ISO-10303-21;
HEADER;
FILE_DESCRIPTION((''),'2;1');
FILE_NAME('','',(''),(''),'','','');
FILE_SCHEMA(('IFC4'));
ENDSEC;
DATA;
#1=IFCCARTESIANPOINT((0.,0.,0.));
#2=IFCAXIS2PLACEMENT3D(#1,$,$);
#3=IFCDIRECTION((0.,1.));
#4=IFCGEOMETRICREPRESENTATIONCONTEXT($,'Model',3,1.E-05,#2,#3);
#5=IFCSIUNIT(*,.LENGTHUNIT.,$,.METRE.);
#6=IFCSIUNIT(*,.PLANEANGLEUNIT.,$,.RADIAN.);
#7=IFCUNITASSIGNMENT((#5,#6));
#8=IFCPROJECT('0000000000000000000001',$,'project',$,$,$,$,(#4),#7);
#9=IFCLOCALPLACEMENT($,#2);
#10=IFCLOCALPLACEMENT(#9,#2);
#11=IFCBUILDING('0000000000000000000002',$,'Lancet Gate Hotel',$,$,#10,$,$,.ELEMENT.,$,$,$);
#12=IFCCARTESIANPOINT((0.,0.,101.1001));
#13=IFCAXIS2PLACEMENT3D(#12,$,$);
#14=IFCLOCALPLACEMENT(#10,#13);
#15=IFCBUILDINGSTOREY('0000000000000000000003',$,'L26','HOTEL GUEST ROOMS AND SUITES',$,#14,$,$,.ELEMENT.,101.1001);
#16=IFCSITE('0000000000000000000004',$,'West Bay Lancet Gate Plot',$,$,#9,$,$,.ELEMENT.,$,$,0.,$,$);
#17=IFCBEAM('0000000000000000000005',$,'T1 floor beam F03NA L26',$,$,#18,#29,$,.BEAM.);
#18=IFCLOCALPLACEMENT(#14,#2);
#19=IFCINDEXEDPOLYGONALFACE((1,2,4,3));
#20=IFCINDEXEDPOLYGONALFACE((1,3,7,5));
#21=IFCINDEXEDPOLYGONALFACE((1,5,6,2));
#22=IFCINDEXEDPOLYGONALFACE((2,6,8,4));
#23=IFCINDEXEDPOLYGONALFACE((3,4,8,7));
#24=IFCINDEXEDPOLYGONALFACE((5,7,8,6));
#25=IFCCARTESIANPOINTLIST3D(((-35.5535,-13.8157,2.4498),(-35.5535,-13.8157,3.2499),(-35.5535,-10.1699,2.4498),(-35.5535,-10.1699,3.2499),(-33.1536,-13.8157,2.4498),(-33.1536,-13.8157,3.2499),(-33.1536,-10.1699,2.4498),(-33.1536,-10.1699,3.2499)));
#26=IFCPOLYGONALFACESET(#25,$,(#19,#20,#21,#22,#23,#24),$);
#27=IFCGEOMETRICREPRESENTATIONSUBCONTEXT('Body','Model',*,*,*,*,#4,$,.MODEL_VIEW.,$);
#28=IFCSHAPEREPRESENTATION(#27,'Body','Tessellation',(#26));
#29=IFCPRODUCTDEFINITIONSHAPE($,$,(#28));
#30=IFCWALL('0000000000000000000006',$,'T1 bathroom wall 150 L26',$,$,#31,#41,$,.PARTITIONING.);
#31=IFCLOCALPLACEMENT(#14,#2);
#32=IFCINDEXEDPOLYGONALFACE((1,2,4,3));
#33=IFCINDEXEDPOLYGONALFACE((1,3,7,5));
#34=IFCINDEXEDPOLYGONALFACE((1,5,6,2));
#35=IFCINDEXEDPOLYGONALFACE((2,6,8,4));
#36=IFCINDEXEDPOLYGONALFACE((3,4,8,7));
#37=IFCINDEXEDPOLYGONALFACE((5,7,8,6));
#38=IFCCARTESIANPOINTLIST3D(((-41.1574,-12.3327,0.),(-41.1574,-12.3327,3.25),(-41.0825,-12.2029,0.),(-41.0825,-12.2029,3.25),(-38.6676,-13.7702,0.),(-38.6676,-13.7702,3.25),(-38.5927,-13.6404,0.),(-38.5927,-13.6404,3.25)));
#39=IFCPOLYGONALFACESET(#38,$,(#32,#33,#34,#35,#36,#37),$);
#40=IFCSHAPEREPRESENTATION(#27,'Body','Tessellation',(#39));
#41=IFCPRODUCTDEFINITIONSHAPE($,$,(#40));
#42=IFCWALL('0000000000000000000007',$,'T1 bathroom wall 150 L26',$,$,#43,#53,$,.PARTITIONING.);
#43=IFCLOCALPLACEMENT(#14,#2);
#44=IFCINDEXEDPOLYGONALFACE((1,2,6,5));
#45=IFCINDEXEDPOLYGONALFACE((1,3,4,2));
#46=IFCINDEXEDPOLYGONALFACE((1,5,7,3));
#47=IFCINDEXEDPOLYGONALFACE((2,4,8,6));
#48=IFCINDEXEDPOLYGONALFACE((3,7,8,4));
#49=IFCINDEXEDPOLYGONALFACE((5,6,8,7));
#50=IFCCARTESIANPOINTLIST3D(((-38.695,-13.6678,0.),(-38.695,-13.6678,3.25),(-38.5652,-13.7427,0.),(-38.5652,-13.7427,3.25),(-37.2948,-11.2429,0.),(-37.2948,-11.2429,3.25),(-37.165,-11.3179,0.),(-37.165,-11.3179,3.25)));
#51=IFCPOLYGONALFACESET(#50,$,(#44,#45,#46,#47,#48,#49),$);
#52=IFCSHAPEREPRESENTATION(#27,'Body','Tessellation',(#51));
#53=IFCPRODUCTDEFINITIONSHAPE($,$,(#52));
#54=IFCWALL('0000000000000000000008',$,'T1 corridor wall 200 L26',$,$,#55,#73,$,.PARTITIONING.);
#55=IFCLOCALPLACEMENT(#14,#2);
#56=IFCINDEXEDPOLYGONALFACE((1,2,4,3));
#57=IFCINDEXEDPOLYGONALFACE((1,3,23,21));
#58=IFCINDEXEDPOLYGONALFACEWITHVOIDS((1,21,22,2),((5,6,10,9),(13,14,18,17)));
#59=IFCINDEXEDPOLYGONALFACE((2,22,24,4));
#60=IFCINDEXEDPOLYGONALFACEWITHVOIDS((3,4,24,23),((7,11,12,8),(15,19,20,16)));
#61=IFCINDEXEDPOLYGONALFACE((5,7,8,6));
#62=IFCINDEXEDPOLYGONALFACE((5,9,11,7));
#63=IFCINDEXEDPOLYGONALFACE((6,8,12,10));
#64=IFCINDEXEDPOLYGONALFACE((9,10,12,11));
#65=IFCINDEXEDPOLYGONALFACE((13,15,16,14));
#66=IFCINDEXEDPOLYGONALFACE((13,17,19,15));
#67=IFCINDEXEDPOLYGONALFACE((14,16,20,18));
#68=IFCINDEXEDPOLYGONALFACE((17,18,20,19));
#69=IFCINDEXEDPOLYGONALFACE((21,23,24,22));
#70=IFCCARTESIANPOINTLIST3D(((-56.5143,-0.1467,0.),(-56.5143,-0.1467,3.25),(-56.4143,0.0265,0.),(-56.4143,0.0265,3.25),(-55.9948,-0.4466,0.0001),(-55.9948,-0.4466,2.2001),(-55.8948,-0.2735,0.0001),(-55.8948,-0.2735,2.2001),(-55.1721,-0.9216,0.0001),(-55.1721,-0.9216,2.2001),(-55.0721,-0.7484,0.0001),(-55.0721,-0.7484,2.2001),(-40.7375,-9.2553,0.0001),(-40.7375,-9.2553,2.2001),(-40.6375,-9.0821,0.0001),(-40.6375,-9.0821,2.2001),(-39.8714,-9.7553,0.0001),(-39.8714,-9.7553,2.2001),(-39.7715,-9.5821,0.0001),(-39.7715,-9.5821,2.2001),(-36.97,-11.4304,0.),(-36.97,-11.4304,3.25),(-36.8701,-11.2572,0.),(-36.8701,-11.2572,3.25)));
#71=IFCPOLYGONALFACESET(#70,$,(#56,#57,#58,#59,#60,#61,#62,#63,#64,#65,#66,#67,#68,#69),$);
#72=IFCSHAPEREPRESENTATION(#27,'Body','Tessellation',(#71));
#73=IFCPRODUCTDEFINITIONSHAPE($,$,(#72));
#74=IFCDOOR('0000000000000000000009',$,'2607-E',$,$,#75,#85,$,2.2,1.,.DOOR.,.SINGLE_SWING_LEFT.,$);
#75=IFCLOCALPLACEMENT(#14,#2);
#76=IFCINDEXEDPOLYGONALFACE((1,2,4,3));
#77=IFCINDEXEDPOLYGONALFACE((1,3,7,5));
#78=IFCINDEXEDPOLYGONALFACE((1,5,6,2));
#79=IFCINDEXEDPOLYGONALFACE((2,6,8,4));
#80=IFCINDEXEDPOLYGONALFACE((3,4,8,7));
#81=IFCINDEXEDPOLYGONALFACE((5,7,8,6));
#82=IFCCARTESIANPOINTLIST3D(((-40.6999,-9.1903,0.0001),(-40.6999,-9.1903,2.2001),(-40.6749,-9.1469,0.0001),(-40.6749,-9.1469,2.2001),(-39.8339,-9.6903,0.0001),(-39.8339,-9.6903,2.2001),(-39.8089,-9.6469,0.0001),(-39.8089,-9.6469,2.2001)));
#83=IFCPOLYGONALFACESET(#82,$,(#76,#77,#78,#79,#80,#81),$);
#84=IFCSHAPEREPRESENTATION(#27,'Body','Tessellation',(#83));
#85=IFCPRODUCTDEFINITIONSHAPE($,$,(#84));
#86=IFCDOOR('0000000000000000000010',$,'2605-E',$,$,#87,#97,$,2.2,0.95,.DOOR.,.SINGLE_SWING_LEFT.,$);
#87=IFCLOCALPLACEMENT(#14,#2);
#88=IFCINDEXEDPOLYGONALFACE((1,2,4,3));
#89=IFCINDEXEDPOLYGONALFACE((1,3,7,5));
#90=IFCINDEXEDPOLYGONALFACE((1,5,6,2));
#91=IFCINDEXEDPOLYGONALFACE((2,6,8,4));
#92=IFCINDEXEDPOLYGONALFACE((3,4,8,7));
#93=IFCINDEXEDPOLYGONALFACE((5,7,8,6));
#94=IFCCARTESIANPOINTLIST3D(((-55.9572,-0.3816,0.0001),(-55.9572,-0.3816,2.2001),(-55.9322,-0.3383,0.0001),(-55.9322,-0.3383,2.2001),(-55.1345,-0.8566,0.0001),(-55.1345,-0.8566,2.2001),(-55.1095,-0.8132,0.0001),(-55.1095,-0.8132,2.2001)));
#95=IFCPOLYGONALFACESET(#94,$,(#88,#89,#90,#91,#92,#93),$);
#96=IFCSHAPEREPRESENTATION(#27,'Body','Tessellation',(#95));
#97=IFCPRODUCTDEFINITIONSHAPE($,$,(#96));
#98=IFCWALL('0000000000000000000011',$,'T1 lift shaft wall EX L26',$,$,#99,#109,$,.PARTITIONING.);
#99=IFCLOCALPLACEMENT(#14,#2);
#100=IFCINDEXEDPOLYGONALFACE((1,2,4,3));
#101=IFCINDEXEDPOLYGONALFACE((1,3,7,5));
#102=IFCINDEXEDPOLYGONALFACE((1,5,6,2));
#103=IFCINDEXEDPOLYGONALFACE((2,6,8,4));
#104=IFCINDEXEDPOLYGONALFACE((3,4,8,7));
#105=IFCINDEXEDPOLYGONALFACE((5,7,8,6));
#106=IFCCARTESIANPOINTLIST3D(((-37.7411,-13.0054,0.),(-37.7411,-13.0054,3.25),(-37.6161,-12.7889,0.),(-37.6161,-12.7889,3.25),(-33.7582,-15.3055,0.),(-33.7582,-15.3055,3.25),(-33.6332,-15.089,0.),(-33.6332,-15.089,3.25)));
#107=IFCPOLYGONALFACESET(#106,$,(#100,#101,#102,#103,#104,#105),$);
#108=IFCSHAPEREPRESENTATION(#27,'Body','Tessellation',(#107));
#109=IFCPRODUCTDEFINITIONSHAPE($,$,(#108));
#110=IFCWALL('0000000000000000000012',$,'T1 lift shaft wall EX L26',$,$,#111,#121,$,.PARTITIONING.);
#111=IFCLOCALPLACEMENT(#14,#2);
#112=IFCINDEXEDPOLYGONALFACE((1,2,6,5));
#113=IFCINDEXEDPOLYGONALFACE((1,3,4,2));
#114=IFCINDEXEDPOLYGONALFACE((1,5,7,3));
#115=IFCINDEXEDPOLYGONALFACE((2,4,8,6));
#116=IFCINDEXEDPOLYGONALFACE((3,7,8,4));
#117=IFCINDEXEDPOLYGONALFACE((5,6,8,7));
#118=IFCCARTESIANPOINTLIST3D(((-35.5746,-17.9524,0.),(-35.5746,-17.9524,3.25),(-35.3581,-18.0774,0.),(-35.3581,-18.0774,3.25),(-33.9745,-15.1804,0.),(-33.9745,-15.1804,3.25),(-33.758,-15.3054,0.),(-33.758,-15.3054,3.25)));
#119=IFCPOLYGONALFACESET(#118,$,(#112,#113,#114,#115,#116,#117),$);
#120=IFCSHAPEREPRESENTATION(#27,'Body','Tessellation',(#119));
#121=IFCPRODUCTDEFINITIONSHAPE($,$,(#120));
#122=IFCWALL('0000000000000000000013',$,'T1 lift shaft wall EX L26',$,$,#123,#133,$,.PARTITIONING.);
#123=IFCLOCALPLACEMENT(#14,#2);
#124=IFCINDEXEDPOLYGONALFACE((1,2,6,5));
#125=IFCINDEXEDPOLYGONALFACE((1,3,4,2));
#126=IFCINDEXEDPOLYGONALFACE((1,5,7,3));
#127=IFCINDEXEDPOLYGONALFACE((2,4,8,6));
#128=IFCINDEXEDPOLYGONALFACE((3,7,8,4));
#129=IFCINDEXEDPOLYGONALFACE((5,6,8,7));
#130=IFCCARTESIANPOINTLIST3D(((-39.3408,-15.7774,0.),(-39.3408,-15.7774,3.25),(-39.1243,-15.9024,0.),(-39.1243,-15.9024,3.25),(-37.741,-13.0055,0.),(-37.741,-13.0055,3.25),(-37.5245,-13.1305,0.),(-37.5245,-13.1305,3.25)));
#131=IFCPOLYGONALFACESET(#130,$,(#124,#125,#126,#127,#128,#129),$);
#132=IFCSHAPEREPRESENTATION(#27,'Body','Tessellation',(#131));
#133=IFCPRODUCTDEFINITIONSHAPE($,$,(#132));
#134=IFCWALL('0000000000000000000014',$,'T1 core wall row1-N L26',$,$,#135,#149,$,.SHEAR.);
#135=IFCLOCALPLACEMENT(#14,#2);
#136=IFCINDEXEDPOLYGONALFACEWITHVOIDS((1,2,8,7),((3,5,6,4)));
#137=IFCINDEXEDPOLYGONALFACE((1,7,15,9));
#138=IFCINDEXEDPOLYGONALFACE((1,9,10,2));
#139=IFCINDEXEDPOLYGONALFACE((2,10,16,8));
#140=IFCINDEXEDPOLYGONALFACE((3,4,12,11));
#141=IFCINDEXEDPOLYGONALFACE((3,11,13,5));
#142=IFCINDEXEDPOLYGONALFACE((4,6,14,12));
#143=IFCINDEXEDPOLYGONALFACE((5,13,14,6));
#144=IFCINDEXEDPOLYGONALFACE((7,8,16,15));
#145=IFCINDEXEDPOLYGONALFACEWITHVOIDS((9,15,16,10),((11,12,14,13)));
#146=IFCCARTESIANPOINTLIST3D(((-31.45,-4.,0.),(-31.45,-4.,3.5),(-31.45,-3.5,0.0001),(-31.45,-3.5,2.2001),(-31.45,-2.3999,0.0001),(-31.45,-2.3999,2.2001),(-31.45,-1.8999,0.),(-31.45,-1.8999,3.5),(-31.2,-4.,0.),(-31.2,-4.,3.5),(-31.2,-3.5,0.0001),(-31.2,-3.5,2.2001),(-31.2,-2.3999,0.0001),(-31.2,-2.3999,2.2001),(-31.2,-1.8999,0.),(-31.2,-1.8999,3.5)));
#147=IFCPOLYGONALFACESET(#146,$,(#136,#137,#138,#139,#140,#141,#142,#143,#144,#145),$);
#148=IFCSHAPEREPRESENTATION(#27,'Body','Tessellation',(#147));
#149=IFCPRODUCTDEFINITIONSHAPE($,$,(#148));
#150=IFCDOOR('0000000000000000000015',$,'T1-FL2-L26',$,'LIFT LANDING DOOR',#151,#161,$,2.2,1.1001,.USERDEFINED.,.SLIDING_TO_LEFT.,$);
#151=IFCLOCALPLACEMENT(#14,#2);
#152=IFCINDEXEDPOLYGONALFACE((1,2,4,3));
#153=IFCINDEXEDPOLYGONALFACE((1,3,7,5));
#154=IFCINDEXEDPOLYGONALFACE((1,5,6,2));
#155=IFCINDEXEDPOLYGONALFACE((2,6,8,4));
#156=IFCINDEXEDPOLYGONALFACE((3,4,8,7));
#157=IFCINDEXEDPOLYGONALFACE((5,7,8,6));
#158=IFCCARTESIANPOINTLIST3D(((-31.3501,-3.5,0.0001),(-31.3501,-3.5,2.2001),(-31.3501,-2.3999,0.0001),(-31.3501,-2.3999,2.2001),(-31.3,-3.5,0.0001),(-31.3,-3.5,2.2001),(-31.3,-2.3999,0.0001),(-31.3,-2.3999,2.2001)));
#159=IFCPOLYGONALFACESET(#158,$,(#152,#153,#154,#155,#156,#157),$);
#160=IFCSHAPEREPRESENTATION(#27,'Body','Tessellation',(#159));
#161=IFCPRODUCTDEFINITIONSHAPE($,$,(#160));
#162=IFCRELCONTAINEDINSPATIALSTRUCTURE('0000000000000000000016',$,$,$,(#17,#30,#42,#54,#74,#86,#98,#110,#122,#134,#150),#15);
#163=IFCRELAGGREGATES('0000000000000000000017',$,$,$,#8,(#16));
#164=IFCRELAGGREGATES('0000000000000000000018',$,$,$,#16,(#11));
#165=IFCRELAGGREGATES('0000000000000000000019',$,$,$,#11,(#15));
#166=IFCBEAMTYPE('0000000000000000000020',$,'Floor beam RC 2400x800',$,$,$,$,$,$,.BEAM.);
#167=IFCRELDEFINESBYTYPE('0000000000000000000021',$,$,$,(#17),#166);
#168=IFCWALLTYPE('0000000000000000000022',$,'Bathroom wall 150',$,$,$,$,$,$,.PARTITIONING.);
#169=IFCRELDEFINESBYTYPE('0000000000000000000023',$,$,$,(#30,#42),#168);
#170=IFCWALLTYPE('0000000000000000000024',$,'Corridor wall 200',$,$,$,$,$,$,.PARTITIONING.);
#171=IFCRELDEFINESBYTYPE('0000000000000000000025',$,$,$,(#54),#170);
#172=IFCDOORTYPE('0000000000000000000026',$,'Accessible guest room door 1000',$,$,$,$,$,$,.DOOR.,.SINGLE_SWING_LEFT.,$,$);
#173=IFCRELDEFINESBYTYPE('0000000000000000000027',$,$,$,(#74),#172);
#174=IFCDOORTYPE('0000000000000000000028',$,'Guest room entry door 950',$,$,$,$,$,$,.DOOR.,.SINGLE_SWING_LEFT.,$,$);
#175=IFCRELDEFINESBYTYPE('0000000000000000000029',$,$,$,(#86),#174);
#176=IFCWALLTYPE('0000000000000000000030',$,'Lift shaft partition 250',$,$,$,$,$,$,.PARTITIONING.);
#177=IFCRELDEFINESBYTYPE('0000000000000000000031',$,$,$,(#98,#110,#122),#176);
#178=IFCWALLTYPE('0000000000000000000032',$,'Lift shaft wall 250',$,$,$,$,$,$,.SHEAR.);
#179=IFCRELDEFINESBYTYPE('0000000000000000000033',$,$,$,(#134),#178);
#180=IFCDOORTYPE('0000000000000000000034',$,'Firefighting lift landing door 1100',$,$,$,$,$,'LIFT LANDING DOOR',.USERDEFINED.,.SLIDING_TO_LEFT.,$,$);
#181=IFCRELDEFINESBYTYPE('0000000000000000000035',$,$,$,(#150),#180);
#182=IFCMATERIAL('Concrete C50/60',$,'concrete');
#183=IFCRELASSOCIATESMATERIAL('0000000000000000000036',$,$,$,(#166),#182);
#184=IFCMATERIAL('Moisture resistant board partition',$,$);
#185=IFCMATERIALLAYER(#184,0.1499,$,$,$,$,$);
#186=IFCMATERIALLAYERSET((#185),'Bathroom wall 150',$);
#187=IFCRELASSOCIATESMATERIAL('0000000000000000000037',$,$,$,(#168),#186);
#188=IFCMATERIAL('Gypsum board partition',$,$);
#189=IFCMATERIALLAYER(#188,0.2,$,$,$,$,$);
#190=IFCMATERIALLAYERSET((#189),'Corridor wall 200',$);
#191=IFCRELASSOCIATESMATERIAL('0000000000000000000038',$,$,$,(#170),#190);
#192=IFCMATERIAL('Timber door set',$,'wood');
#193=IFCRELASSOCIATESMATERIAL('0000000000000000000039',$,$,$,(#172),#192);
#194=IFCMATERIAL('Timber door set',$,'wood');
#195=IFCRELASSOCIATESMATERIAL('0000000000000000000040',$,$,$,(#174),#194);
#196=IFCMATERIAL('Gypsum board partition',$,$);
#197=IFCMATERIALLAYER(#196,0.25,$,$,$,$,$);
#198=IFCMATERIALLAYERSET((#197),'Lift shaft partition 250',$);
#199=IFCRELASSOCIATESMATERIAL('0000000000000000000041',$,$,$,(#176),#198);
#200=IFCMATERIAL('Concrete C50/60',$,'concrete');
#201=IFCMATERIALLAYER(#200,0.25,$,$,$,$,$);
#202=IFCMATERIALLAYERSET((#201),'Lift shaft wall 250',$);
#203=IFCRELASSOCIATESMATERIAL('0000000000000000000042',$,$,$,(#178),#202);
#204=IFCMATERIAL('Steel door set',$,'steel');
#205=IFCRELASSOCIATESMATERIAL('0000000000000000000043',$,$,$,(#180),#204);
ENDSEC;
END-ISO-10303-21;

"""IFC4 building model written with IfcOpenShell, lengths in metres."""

from ifc_helpers import new_model, si_unit, direction, frame, frame_2d, origin, origin_2d, place, context, subcontext, project, spatial, rectangle, extrude, material, layer, layer_set, material_profile, profile_set, type_object, element, fill, save


model = new_model("IFC4")

# Units and contexts
model_context = context("Model", 3, precision=1e-05, world=origin(), true_north=direction((0.0, 1.0)))
body_context = subcontext(model_context, "Body", "Model", "MODEL_VIEW")
ifc_project = project(units=[si_unit("LENGTHUNIT", "METRE"), si_unit("PLANEANGLEUNIT", "RADIAN")], contexts=[model_context])

# Site, building, storey
site_placement = place(None, origin())
site = spatial("IfcSite", under=ifc_project, at=site_placement, Name="West Bay Lancet Gate Plot", CompositionType="ELEMENT", RefElevation=0.0)
building_placement = place(site_placement, origin())
building = spatial("IfcBuilding", under=site, at=building_placement, Name="Lancet Gate Hotel", CompositionType="ELEMENT")
storey_placement = place(building_placement, frame((0.0, 0.0, 101.1001)))
storey = spatial("IfcBuildingStorey", under=building, at=storey_placement, Name="L26", Description="HOTEL GUEST ROOMS AND SUITES", CompositionType="ELEMENT", Elevation=101.1001)

# Beam
ifc_material_1 = material(Name="Concrete C50/60", Category="concrete")
ifc_material_profile = material_profile(ifc_material_1, rectangle(XDim=2.3999, YDim=0.8, at=origin_2d()), Name="RC 2400x800")
ifc_profile_set = profile_set([ifc_material_profile], Name="Concrete C50/60")
beam_type = type_object("IfcBeamType", Name="Floor beam RC 2400x800", PredefinedType="BEAM", material=ifc_profile_set)
beam_placement = place(storey_placement, frame((-34.3535, -10.1699, 2.8499), z_axis=(0.0, -1.0, 0.0), x_axis=(1.0, 0.0, 0.0)))
element("IfcBeam", 1, at=beam_placement, inside=storey, type_object=beam_type, Name="T1 floor beam F03NA L26", PredefinedType="BEAM", context=body_context, shape_type="SweptSolid", body=[
    extrude(rectangle(XDim=2.3999, YDim=0.8, at=origin_2d()), origin(), (0.0, 0.0, 1.0), 3.6458),
])

# Walls
ifc_material_2 = material(Name="Moisture resistant board partition")
ifc_layer_1 = layer(ifc_material_2, 0.1499)
ifc_layer_set_1 = layer_set([ifc_layer_1], Name="Bathroom wall 150")
wall_type_1 = type_object("IfcWallType", Name="Bathroom wall 150", PredefinedType="PARTITIONING", material=ifc_layer_set_1)
wall_1_placement = place(storey_placement, frame((-38.6301, -13.7053, 0.0), z_axis=(0.0, 0.0, 1.0), x_axis=(-0.866019, 0.500012, 0.0)))
element("IfcWall", 2, at=wall_1_placement, inside=storey, type_object=wall_type_1, Name="T1 bathroom wall 150 L26", PredefinedType="PARTITIONING", context=body_context, shape_type="SweptSolid", body=[
    extrude(rectangle(XDim=2.875, YDim=0.1499, at=frame_2d((1.4375, 0.0))), origin(), (0.0, 0.0, 1.0), 3.25),
])
wall_2_placement = place(storey_placement, frame((-37.23, -11.2805, 0.0), z_axis=(0.0, 0.0, 1.0), x_axis=(-0.50005, -0.865997, 0.0)))
element("IfcWall", 3, at=wall_2_placement, inside=storey, type_object=wall_type_1, Name="T1 bathroom wall 150 L26", PredefinedType="PARTITIONING", context=body_context, shape_type="SweptSolid", body=[
    extrude(rectangle(XDim=2.8, YDim=0.1499, at=frame_2d((1.3999, 0.0))), origin(), (0.0, 0.0, 1.0), 3.25),
])

# Wall, openings, doors
ifc_material_3 = material(Name="Gypsum board partition")
ifc_layer_2 = layer(ifc_material_3, 0.2)
ifc_layer_set_2 = layer_set([ifc_layer_2], Name="Corridor wall 200")
wall_type_2 = type_object("IfcWallType", Name="Corridor wall 200", PredefinedType="PARTITIONING", material=ifc_layer_set_2)
wall_3_placement = place(storey_placement, frame((-36.9202, -11.3438, 0.0), z_axis=(0.0, 0.0, 1.0), x_axis=(-0.866028, 0.499995, 0.0)))
wall_3 = element("IfcWall", 4, at=wall_3_placement, inside=storey, type_object=wall_type_2, Name="T1 corridor wall 200 L26", PredefinedType="PARTITIONING", context=body_context, shape_type="SweptSolid", body=[
    extrude(rectangle(XDim=22.5676, YDim=0.2, at=frame_2d((11.2837, 0.0))), origin(), (0.0, 0.0, 1.0), 3.25),
])
opening_1_placement = place(wall_3_placement, frame((21.0176, 0.0, 0.0)))
opening_1 = element("IfcOpeningElement", 5, at=opening_1_placement, cuts=wall_3, PredefinedType="OPENING", context=body_context, shape_type="SweptSolid", body=[
    extrude(rectangle(XDim=0.95, YDim=2.2, at=frame_2d((0.4751, 1.1001))), frame((0.0, 0.1099, 0.0), z_axis=(0.0, -1.0, 0.0), x_axis=(1.0, 0.0, 0.0)), (0.0, 0.0, 1.0), 0.22),
])
opening_2_placement = place(wall_3_placement, frame((3.3501, 0.0, 0.0)))
opening_2 = element("IfcOpeningElement", 6, at=opening_2_placement, cuts=wall_3, PredefinedType="OPENING", context=body_context, shape_type="SweptSolid", body=[
    extrude(rectangle(XDim=1.0, YDim=2.2, at=frame_2d((0.5, 1.1001))), frame((0.0, 0.1099, 0.0), z_axis=(0.0, -1.0, 0.0), x_axis=(1.0, 0.0, 0.0)), (0.0, 0.0, 1.0), 0.22),
])
ifc_material_4 = material(Name="Timber door set", Category="wood")
door_type_1 = type_object("IfcDoorType", Name="Accessible guest room door 1000", OperationType="SINGLE_SWING_LEFT", PredefinedType="DOOR", material=ifc_material_4)
door_1_placement = place(opening_2_placement, origin())
door_1 = element("IfcDoor", 7, at=door_1_placement, inside=storey, type_object=door_type_1, Name="2607-E", OperationType="SINGLE_SWING_LEFT", OverallHeight=2.2, OverallWidth=1.0, PredefinedType="DOOR", context=body_context, shape_type="SweptSolid", body=[
    extrude(rectangle(XDim=1.0, YDim=2.2, at=frame_2d((0.5, 1.1001))), frame((0.0, 0.0249, 0.0), z_axis=(0.0, -1.0, 0.0), x_axis=(1.0, 0.0, 0.0)), (0.0, 0.0, 1.0), 0.05),
])
fill(opening_2, door_1)
ifc_material_5 = material(Name="Timber door set", Category="wood")
door_type_2 = type_object("IfcDoorType", Name="Guest room entry door 950", OperationType="SINGLE_SWING_LEFT", PredefinedType="DOOR", material=ifc_material_5)
door_2_placement = place(opening_1_placement, origin())
door_2 = element("IfcDoor", 8, at=door_2_placement, inside=storey, type_object=door_type_2, Name="2605-E", OperationType="SINGLE_SWING_LEFT", OverallHeight=2.2, OverallWidth=0.95, PredefinedType="DOOR", context=body_context, shape_type="SweptSolid", body=[
    extrude(rectangle(XDim=0.95, YDim=2.2, at=frame_2d((0.4751, 1.1001))), frame((0.0, 0.0249, 0.0), z_axis=(0.0, -1.0, 0.0), x_axis=(1.0, 0.0, 0.0)), (0.0, 0.0, 1.0), 0.05),
])
fill(opening_1, door_2)

# Walls
ifc_material_6 = material(Name="Gypsum board partition")
ifc_layer_3 = layer(ifc_material_6, 0.25)
ifc_layer_set_3 = layer_set([ifc_layer_3], Name="Lift shaft partition 250")
wall_type_3 = type_object("IfcWallType", Name="Lift shaft partition 250", PredefinedType="PARTITIONING", material=ifc_layer_set_3)
wall_4_placement = place(storey_placement, frame((-33.6956, -15.1973, 0.0), z_axis=(0.0, 0.0, 1.0), x_axis=(-0.865977, 0.500084, 0.0)))
element("IfcWall", 9, at=wall_4_placement, inside=storey, type_object=wall_type_3, Name="T1 lift shaft wall EX L26", PredefinedType="PARTITIONING", context=body_context, shape_type="SweptSolid", body=[
    extrude(rectangle(XDim=4.5994, YDim=0.25, at=frame_2d((2.2998, 0.0))), origin(), (0.0, 0.0, 1.0), 3.25),
])
wall_5_placement = place(storey_placement, frame((-33.8662, -15.2429, 0.0), z_axis=(0.0, 0.0, 1.0), x_axis=(-0.499929, -0.866066, 0.0)))
element("IfcWall", 10, at=wall_5_placement, inside=storey, type_object=wall_type_3, Name="T1 lift shaft wall EX L26", PredefinedType="PARTITIONING", context=body_context, shape_type="SweptSolid", body=[
    extrude(rectangle(XDim=3.2007, YDim=0.25, at=frame_2d((1.6003, 0.0))), origin(), (0.0, 0.0, 1.0), 3.25),
])
wall_6_placement = place(storey_placement, frame((-37.6328, -13.0681, 0.0), z_axis=(0.0, 0.0, 1.0), x_axis=(-0.499872, -0.866099, 0.0)))
element("IfcWall", 11, at=wall_6_placement, inside=storey, type_object=wall_type_3, Name="T1 lift shaft wall EX L26", PredefinedType="PARTITIONING", context=body_context, shape_type="SweptSolid", body=[
    extrude(rectangle(XDim=3.2004, YDim=0.25, at=frame_2d((1.6001, 0.0))), origin(), (0.0, 0.0, 1.0), 3.25),
])

# Wall, opening, door
ifc_material_7 = material(Name="Concrete C50/60", Category="concrete")
ifc_layer_4 = layer(ifc_material_7, 0.25)
ifc_layer_set_4 = layer_set([ifc_layer_4], Name="Lift shaft wall 250")
wall_type_4 = type_object("IfcWallType", Name="Lift shaft wall 250", PredefinedType="SHEAR", material=ifc_layer_set_4)
wall_7_placement = place(storey_placement, frame((-31.325, -1.8999, 0.0), z_axis=(0.0, 0.0, 1.0), x_axis=(0.0, -1.0, 0.0)))
wall_7 = element("IfcWall", 12, at=wall_7_placement, inside=storey, type_object=wall_type_4, Name="T1 core wall row1-N L26", PredefinedType="SHEAR", context=body_context, shape_type="SweptSolid", body=[
    extrude(rectangle(XDim=2.1001, YDim=0.25, at=frame_2d((1.05, 0.0))), origin(), (0.0, 0.0, 1.0), 3.5),
])
opening_3_placement = place(wall_7_placement, frame((0.5, 0.0, 0.0)))
opening_3 = element("IfcOpeningElement", 13, at=opening_3_placement, cuts=wall_7, PredefinedType="OPENING", context=body_context, shape_type="SweptSolid", body=[
    extrude(rectangle(XDim=1.1001, YDim=2.2, at=frame_2d((0.55, 1.1001))), frame((0.0, 0.135, 0.0), z_axis=(0.0, -1.0, 0.0), x_axis=(1.0, 0.0, 0.0)), (0.0, 0.0, 1.0), 0.27),
])
ifc_material_8 = material(Name="Steel door set", Category="steel")
door_type_3 = type_object("IfcDoorType", Name="Firefighting lift landing door 1100", ElementType="LIFT LANDING DOOR", OperationType="SLIDING_TO_LEFT", PredefinedType="USERDEFINED", material=ifc_material_8)
door_3_placement = place(opening_3_placement, origin())
door_3 = element("IfcDoor", 14, at=door_3_placement, inside=storey, type_object=door_type_3, Name="T1-FL2-L26", ObjectType="LIFT LANDING DOOR", OperationType="SLIDING_TO_LEFT", OverallHeight=2.2, OverallWidth=1.1001, PredefinedType="USERDEFINED", context=body_context, shape_type="SweptSolid", body=[
    extrude(rectangle(XDim=1.1001, YDim=2.2, at=frame_2d((0.55, 1.1001))), frame((0.0, 0.0249, 0.0), z_axis=(0.0, -1.0, 0.0), x_axis=(1.0, 0.0, 0.0)), (0.0, 0.0, 1.0), 0.05),
])
fill(opening_3, door_3)

save(model, "model.ifc")
